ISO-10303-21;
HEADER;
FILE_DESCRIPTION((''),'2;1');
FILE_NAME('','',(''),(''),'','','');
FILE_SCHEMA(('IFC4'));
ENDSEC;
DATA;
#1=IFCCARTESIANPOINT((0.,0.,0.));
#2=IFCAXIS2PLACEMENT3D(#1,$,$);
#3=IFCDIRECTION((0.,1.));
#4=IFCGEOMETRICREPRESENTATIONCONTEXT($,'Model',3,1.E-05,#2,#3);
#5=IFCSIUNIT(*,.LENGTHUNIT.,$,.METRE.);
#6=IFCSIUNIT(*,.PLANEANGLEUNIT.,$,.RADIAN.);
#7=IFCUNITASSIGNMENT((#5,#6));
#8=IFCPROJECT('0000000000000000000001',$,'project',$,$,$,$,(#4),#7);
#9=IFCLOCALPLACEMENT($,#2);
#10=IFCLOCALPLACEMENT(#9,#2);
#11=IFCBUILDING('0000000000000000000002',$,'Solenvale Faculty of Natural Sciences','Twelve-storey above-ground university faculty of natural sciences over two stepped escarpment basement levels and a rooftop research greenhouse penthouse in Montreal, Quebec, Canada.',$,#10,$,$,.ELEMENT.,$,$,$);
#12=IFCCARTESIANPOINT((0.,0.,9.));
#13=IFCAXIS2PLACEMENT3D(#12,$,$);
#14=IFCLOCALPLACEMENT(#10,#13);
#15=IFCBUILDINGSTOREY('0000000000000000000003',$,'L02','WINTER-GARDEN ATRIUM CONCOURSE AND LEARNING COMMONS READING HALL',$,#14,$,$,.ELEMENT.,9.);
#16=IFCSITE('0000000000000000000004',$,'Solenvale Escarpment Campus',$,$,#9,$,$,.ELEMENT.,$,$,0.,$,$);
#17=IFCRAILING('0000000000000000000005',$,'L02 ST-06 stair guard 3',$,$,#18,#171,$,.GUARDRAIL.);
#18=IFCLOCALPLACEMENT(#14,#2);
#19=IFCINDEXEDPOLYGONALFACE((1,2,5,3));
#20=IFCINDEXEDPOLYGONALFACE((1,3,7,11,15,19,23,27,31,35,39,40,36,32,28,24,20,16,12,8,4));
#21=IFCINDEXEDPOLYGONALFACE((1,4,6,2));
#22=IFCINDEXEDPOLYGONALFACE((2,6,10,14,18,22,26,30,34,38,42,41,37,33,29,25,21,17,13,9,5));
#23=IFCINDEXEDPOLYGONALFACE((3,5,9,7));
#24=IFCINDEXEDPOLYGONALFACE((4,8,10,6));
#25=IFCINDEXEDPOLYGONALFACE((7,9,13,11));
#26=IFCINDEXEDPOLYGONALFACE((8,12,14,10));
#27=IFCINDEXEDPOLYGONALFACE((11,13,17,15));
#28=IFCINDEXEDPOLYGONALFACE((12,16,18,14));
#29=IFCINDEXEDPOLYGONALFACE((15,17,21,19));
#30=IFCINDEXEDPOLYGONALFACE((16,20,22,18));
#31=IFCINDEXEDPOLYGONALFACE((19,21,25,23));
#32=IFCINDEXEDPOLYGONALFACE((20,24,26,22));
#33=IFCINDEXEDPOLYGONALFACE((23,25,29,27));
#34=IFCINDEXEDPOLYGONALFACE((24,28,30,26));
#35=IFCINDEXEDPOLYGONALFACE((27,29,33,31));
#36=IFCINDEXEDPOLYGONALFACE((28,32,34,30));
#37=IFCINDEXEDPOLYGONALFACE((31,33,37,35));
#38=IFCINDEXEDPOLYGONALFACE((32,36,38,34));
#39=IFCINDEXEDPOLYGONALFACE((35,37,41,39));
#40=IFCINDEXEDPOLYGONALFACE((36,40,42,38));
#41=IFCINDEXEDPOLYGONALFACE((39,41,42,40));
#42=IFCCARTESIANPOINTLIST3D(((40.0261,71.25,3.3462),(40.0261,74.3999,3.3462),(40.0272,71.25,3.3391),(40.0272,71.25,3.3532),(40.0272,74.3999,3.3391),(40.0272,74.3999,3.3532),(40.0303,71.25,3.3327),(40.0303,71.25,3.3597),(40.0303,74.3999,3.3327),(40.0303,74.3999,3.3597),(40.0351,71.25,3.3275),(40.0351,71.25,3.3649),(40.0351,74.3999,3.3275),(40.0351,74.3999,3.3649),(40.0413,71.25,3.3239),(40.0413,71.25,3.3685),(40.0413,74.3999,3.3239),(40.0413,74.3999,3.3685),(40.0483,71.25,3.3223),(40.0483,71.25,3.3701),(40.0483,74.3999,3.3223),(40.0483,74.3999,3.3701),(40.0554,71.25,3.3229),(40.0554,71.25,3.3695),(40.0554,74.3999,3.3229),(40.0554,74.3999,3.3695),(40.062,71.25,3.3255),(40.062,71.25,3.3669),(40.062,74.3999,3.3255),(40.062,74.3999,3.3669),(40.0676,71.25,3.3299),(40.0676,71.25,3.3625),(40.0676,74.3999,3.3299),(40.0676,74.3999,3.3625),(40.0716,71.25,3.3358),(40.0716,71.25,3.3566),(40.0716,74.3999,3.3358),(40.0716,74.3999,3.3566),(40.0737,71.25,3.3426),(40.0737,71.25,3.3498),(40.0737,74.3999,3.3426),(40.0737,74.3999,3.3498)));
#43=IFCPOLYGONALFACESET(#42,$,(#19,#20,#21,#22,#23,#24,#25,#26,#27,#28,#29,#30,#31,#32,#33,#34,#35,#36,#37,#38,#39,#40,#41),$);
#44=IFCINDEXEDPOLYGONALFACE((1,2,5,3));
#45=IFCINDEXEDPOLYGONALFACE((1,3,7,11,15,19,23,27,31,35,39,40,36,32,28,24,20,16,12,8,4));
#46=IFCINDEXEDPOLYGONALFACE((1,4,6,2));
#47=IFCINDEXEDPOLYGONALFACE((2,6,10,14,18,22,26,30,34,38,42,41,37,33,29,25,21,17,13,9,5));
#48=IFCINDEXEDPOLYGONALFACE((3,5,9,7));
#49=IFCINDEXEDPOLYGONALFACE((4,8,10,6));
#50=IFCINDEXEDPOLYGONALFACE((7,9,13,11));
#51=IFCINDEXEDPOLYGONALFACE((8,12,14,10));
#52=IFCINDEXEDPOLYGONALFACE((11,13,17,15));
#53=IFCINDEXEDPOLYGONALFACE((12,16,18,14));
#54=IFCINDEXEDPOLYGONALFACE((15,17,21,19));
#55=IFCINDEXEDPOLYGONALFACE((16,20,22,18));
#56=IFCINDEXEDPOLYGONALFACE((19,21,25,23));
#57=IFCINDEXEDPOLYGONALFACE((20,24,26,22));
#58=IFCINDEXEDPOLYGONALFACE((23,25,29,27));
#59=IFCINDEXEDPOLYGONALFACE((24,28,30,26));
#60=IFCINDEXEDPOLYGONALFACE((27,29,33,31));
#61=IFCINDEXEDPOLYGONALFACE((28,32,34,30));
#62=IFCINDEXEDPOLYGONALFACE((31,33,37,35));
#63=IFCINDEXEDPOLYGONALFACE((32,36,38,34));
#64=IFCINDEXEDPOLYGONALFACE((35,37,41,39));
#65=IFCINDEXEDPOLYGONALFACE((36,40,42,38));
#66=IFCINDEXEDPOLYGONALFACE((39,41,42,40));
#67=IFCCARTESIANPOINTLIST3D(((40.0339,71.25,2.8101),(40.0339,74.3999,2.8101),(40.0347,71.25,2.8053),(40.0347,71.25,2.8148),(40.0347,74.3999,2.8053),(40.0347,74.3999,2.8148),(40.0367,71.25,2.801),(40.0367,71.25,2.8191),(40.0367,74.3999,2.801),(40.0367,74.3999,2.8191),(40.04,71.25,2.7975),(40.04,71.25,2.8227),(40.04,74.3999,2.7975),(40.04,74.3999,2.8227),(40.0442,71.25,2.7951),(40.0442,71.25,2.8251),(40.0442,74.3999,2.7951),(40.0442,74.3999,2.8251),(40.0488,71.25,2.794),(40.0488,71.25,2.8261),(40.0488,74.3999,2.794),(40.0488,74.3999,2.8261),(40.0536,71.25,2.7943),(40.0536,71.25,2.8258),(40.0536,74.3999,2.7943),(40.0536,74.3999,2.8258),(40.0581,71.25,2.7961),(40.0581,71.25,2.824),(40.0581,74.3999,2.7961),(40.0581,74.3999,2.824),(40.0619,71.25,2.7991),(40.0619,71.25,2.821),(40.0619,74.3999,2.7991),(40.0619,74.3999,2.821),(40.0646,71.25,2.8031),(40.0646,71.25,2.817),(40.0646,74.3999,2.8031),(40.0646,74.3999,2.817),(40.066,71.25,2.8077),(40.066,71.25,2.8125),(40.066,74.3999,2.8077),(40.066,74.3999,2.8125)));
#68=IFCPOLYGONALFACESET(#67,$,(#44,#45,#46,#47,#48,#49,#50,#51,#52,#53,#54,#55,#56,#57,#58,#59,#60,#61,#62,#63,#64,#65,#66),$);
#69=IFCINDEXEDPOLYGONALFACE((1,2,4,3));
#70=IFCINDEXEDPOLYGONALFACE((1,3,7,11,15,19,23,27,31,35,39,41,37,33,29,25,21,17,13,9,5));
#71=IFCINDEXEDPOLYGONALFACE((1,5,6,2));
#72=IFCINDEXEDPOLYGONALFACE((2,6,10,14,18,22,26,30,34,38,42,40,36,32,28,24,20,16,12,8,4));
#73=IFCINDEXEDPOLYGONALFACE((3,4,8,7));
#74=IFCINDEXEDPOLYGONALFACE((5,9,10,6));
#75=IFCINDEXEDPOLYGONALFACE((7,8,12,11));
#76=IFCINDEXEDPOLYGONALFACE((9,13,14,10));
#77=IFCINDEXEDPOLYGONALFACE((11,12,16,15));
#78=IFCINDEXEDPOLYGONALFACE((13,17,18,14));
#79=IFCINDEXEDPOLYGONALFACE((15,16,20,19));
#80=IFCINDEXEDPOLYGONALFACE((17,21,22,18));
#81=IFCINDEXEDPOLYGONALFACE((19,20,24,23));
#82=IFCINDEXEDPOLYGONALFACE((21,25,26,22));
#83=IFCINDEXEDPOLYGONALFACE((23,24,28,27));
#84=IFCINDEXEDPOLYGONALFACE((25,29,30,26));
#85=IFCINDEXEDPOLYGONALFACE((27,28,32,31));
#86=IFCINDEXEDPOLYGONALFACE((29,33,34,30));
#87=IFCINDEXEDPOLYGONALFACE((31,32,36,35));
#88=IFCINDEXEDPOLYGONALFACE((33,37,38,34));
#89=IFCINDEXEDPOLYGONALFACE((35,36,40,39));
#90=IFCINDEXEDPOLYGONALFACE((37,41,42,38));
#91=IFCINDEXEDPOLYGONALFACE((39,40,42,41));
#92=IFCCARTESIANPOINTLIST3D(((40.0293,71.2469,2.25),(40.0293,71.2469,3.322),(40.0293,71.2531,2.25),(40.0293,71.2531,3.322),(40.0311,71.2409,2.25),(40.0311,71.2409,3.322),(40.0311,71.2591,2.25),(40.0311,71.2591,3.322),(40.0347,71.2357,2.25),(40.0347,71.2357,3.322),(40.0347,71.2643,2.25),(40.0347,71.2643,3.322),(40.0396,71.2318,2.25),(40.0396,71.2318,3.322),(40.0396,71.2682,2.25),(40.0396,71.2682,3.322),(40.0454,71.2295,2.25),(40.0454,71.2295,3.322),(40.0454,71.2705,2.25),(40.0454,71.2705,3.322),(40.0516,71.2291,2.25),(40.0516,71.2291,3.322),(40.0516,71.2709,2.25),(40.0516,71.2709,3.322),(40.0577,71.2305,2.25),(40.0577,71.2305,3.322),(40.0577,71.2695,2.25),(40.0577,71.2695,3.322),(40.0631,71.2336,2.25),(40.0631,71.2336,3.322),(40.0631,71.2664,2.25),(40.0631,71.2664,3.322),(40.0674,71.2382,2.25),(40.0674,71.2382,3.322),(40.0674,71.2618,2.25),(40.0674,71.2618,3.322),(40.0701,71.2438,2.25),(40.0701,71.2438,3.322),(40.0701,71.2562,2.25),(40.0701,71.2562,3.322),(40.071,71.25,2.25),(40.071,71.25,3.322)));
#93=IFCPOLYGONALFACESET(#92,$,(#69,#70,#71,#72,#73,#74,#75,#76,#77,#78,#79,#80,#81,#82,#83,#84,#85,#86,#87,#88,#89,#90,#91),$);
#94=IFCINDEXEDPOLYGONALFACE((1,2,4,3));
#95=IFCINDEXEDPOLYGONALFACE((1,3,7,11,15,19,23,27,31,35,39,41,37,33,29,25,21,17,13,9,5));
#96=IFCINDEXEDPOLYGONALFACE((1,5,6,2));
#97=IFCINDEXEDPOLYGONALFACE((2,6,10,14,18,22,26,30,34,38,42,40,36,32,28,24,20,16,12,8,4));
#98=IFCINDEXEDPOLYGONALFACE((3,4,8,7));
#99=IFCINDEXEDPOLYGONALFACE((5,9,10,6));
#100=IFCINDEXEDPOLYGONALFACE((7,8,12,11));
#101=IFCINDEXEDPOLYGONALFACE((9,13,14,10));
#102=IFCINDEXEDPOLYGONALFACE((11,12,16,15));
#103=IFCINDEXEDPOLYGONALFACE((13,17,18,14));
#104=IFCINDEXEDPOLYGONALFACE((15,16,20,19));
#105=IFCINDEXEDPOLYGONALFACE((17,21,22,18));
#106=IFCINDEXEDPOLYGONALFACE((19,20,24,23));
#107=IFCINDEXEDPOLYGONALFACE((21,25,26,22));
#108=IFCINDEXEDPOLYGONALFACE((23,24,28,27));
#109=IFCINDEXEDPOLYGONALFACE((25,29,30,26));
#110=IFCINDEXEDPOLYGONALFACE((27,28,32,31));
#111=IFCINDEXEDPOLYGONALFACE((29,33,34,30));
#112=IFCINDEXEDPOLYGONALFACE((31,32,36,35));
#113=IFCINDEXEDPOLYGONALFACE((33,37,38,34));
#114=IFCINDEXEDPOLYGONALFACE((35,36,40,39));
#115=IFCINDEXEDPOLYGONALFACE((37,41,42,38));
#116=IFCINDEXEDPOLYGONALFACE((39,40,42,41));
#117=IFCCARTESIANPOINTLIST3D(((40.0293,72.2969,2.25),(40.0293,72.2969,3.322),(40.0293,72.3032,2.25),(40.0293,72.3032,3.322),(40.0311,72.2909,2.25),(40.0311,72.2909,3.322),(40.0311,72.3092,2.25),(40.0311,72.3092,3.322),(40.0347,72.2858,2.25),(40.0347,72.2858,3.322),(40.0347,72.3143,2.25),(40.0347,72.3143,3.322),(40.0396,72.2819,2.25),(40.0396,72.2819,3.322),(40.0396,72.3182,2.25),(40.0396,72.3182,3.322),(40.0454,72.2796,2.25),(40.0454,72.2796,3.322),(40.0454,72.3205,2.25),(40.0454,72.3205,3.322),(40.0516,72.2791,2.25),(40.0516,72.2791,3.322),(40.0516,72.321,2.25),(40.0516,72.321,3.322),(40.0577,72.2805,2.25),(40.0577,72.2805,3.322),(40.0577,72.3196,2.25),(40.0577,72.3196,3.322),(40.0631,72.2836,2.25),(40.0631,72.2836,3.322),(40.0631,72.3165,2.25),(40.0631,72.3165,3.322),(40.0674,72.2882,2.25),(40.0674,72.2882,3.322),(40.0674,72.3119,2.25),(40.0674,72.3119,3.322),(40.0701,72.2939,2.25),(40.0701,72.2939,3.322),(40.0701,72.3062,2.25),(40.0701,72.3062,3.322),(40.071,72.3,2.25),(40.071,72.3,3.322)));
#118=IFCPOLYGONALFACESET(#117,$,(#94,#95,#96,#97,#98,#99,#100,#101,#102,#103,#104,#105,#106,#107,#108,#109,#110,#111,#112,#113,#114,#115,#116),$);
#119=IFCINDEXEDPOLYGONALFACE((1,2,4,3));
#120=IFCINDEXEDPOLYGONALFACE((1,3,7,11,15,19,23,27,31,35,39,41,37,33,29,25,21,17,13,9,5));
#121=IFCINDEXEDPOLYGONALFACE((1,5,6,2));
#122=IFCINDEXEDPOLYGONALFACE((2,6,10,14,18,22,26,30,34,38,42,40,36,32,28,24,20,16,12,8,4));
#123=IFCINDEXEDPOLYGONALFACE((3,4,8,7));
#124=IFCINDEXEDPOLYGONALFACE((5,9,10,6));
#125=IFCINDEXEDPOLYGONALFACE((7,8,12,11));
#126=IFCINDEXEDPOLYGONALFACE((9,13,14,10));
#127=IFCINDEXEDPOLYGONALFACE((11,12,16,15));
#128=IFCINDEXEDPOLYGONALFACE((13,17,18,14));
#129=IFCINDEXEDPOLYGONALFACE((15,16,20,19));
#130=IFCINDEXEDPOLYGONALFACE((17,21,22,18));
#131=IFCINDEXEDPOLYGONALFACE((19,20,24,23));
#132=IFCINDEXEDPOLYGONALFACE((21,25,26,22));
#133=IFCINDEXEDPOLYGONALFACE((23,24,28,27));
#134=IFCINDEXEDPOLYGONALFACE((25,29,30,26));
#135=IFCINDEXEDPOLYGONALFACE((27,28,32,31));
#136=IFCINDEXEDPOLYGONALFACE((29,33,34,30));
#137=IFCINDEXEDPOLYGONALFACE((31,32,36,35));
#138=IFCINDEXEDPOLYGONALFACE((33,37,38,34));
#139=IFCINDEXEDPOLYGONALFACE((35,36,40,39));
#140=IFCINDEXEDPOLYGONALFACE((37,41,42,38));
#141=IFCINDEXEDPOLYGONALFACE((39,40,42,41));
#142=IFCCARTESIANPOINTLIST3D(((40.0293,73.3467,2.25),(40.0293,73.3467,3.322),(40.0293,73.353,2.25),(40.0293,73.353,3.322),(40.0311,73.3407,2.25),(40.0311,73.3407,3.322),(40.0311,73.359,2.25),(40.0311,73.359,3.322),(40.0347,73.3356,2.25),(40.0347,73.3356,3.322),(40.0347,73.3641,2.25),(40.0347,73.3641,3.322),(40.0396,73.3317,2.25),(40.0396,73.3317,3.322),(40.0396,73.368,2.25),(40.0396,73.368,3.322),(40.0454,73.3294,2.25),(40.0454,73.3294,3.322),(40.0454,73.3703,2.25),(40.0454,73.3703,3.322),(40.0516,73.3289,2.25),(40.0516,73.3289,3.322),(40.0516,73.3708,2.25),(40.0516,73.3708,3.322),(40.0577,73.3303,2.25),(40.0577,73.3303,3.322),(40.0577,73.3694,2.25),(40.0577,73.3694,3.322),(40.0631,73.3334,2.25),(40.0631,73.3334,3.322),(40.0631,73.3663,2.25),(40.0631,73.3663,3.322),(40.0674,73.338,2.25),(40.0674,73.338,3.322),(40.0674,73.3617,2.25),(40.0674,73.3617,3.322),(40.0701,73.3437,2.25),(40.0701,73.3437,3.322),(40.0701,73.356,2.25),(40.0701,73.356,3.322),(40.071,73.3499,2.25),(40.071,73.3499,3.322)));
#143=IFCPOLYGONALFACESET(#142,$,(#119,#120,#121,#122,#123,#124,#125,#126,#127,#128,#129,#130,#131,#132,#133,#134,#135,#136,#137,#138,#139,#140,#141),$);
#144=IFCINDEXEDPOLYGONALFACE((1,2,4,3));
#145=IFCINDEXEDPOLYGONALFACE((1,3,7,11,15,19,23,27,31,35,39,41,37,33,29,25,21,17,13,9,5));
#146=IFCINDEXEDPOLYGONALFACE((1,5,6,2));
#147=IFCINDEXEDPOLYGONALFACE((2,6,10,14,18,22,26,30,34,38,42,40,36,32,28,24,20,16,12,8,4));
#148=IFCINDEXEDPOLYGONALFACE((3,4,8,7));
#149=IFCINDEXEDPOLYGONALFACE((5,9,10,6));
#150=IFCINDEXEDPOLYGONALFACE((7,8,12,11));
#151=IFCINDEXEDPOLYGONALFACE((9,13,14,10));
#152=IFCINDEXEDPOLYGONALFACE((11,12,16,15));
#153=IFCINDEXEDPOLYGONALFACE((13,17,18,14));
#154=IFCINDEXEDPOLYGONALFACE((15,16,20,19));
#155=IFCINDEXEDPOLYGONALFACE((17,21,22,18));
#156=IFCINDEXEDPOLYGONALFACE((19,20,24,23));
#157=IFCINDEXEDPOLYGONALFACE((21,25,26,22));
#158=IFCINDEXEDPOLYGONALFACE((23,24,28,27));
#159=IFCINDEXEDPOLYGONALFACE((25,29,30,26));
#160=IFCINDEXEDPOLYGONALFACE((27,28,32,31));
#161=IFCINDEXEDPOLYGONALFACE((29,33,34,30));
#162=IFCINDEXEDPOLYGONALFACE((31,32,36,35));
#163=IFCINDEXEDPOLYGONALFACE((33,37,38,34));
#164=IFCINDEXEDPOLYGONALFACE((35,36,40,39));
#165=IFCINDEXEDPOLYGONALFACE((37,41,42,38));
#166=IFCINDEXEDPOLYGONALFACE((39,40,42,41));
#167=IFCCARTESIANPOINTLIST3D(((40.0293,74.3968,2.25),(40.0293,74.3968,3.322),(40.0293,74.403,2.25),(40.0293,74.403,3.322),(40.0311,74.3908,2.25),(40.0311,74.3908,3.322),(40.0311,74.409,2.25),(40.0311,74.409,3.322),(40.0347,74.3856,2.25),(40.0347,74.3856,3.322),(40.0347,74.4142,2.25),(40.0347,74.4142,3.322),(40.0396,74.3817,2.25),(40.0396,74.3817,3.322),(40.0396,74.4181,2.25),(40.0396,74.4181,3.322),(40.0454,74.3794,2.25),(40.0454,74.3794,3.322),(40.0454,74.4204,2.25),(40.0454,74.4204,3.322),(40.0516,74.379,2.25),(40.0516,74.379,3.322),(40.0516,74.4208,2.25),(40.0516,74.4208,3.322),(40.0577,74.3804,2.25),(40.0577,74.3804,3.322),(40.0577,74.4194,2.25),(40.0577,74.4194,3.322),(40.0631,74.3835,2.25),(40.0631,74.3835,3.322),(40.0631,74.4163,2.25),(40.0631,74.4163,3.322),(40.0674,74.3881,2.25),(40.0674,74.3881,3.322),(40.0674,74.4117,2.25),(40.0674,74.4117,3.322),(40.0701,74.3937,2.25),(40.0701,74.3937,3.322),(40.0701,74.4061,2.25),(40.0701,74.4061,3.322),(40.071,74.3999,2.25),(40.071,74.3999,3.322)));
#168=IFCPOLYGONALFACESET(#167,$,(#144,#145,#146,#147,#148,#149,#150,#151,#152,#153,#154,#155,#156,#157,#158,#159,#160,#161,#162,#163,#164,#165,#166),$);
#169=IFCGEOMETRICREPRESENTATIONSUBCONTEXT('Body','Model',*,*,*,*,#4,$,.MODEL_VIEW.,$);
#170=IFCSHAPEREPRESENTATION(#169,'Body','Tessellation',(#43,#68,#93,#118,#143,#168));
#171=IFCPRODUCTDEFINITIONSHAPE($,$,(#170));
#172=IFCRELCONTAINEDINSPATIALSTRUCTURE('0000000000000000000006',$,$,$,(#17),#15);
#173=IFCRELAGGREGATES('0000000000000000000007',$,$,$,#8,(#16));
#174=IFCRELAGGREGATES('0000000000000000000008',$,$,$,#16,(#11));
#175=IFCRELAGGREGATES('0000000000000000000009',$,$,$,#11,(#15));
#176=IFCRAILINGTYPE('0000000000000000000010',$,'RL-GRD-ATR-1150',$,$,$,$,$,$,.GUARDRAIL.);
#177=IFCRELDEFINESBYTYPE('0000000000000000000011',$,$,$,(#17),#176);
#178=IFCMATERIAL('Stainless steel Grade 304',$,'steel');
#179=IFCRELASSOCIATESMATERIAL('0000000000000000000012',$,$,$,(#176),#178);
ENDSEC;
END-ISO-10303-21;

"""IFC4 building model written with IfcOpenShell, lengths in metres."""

from ifc_helpers import new_model, si_unit, direction, frame, origin, origin_2d, place, context, subcontext, project, spatial, circle, extrude, material, type_object, element, save


model = new_model("IFC4")

# Units and contexts
model_context = context("Model", 3, precision=1e-05, world=origin(), true_north=direction((0.0, 1.0)))
body_context = subcontext(model_context, "Body", "Model", "MODEL_VIEW")
ifc_project = project(units=[si_unit("LENGTHUNIT", "METRE"), si_unit("PLANEANGLEUNIT", "RADIAN")], contexts=[model_context])

# Site, building, storey
site_placement = place(None, origin())
site = spatial("IfcSite", under=ifc_project, at=site_placement, Name="Solenvale Escarpment Campus", CompositionType="ELEMENT", RefElevation=0.0)
building_placement = place(site_placement, origin())
building = spatial("IfcBuilding", under=site, at=building_placement, Name="Solenvale Faculty of Natural Sciences", Description="Twelve-storey above-ground university faculty of natural sciences over two stepped escarpment basement levels and a rooftop research greenhouse penthouse in Montreal, Quebec, Canada.", CompositionType="ELEMENT")
storey_placement = place(building_placement, frame((0.0, 0.0, 9.0)))
storey = spatial("IfcBuildingStorey", under=building, at=storey_placement, Name="L02", Description="WINTER-GARDEN ATRIUM CONCOURSE AND LEARNING COMMONS READING HALL", CompositionType="ELEMENT", Elevation=9.0)

# Railing
ifc_material_1 = material(Name="Stainless steel Grade 304", Category="steel")
railing_type_1 = type_object("IfcRailingType", Name="RL-GRD-ATR-1150", PredefinedType="GUARDRAIL", material=ifc_material_1)
for number, where, name in (
    (1, (40.05, 71.25, 2.25), "L02 ST-06 stair guard 3"),
):
    element("IfcRailing", number, at=place(storey_placement, frame(where)), inside=storey, type_object=railing_type_1, Name=name, PredefinedType="GUARDRAIL", context=body_context, shape_type="SweptSolid", body=[
        extrude(circle(Radius=0.0239, at=origin_2d()), frame((0.0, 0.0, 1.0962), z_axis=(0.0, 1.0, 0.0), x_axis=(-1.0, 0.0, 0.0)), (0.0, 0.0, 1.0), 3.1499),
        extrude(circle(Radius=0.0161, at=origin_2d()), frame((0.0, 0.0, 0.5601), z_axis=(0.0, 1.0, 0.0), x_axis=(-1.0, 0.0, 0.0)), (0.0, 0.0, 1.0), 3.1499),
        extrude(circle(Radius=0.021, at=origin_2d()), origin(), (0.0, 0.0, 1.0), 1.072),
        extrude(circle(Radius=0.021, at=origin_2d()), frame((0.0, 1.05, 0.0)), (0.0, 0.0, 1.0), 1.072),
        extrude(circle(Radius=0.021, at=origin_2d()), frame((0.0, 2.0999, 0.0)), (0.0, 0.0, 1.0), 1.072),
        extrude(circle(Radius=0.021, at=origin_2d()), frame((0.0, 3.1499, 0.0)), (0.0, 0.0, 1.0), 1.072),
    ])

save(model, "model.ifc")
